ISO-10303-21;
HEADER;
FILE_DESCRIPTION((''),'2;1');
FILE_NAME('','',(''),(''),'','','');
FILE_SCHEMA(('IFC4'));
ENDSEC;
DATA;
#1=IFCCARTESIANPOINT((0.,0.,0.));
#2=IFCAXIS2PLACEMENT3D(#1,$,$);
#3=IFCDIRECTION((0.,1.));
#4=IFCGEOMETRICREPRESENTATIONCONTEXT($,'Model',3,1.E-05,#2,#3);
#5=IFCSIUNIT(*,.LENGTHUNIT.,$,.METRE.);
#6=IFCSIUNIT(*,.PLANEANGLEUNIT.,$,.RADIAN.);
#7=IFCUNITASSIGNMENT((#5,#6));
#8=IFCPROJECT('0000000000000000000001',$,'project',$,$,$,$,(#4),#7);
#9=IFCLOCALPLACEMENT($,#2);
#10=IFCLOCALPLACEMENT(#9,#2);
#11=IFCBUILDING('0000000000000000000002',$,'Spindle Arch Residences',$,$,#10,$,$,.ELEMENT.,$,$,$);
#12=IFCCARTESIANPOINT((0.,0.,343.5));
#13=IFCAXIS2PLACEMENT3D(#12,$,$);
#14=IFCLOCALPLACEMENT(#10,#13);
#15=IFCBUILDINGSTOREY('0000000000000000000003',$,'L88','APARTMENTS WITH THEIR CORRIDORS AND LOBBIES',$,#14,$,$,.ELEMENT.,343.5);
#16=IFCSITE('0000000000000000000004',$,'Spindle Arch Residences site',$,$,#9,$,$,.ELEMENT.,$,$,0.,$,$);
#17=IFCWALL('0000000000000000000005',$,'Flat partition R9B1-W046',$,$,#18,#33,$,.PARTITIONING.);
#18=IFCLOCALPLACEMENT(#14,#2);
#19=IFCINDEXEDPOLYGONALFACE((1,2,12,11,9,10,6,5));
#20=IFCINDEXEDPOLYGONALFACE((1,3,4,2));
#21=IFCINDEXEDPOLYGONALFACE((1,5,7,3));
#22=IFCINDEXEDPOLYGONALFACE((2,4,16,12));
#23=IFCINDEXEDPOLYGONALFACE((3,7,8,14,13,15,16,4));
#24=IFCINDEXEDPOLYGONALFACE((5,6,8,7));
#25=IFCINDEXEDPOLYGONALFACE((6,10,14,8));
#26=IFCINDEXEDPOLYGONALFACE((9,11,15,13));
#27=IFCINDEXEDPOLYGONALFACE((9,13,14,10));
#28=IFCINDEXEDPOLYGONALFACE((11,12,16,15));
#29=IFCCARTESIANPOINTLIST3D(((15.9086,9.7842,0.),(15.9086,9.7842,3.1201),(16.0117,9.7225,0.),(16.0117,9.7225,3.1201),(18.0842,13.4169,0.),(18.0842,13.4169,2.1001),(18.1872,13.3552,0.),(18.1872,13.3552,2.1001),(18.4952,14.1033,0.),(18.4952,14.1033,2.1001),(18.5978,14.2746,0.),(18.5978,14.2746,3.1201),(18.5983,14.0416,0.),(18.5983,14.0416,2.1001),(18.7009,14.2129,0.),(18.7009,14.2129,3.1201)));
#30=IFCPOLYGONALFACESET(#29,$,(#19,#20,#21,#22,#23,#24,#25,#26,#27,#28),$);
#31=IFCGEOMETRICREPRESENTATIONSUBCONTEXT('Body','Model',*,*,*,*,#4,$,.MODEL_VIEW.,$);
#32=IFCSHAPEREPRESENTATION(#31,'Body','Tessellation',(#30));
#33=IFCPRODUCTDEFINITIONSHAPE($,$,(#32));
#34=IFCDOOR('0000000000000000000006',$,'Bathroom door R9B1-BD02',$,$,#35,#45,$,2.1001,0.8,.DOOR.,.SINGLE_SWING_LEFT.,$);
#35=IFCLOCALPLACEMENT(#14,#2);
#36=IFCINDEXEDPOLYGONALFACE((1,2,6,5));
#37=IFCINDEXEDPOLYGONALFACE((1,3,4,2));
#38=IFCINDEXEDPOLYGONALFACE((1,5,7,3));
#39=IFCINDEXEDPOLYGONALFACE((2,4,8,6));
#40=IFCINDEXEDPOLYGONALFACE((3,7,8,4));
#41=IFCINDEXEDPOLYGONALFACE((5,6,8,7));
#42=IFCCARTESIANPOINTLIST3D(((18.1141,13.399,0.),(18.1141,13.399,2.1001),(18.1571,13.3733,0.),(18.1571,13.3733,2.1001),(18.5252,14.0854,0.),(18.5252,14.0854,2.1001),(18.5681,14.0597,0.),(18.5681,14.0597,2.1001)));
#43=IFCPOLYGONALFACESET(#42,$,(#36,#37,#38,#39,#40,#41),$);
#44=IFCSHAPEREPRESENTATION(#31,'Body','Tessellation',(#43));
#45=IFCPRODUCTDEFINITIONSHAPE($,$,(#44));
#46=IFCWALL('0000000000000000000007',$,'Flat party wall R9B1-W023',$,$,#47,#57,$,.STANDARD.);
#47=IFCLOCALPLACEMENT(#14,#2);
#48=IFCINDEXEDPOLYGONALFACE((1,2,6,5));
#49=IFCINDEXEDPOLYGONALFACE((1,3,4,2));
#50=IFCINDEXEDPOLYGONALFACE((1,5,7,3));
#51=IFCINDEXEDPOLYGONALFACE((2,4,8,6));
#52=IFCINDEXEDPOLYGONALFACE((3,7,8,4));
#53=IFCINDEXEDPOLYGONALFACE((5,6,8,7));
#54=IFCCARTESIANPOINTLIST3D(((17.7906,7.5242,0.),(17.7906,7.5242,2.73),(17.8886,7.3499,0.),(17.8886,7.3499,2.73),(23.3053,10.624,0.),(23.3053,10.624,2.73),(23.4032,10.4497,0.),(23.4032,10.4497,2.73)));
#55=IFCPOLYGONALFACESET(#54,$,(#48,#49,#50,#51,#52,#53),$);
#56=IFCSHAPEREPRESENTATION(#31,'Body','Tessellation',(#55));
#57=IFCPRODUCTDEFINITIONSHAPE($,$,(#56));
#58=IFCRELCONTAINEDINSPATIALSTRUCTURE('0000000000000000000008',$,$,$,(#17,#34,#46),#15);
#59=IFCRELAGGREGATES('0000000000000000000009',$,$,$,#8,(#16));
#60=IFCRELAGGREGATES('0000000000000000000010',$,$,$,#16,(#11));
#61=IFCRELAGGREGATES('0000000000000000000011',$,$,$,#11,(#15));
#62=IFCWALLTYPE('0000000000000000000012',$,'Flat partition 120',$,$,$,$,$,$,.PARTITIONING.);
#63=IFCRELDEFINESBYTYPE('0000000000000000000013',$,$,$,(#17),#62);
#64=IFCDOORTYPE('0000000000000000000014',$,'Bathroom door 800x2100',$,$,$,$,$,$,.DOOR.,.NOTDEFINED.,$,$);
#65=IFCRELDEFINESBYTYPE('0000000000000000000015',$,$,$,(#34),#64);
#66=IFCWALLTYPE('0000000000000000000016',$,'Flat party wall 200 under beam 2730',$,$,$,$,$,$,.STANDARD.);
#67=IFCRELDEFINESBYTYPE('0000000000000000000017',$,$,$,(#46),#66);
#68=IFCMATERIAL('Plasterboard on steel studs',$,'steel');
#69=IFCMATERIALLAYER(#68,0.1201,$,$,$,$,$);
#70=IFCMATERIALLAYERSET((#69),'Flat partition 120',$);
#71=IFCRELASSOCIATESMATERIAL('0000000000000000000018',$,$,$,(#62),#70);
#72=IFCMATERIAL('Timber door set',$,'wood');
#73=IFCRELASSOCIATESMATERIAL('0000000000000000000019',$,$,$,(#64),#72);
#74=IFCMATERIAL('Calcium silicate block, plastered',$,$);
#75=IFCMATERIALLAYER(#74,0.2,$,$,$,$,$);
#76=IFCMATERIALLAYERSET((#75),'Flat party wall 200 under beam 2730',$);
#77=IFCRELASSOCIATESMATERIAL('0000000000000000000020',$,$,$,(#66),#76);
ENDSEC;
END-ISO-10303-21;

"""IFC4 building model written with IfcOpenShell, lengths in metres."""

from ifc_helpers import new_model, si_unit, direction, frame, frame_2d, origin, place, context, subcontext, project, spatial, rectangle, extrude, material, layer, layer_set, type_object, element, fill, save


model = new_model("IFC4")

# Units and contexts
model_context = context("Model", 3, precision=1e-05, world=origin(), true_north=direction((0.0, 1.0)))
body_context = subcontext(model_context, "Body", "Model", "MODEL_VIEW")
ifc_project = project(units=[si_unit("LENGTHUNIT", "METRE"), si_unit("PLANEANGLEUNIT", "RADIAN")], contexts=[model_context])

# Site, building, storey
site_placement = place(None, origin())
site = spatial("IfcSite", under=ifc_project, at=site_placement, Name="Spindle Arch Residences site", CompositionType="ELEMENT", RefElevation=0.0)
building_placement = place(site_placement, origin())
building = spatial("IfcBuilding", under=site, at=building_placement, Name="Spindle Arch Residences", CompositionType="ELEMENT")
storey_placement = place(building_placement, frame((0.0, 0.0, 343.5)))
storey = spatial("IfcBuildingStorey", under=building, at=storey_placement, Name="L88", Description="APARTMENTS WITH THEIR CORRIDORS AND LOBBIES", CompositionType="ELEMENT", Elevation=343.5)

# Shared definitions
ifc_material_1 = material(Name="Plasterboard on steel studs", Category="steel")
ifc_layer_1 = layer(ifc_material_1, 0.1201)
ifc_layer_set_1 = layer_set([ifc_layer_1], Name="Flat partition 120")
wall_type_1 = type_object("IfcWallType", Name="Flat partition 120", PredefinedType="PARTITIONING", material=ifc_layer_set_1)
ifc_material_2 = material(Name="Timber door set", Category="wood")
door_type_1 = type_object("IfcDoorType", Name="Bathroom door 800x2100", OperationType="NOTDEFINED", PredefinedType="DOOR", material=ifc_material_2)

# Wall, opening, door
wall_1_placement = place(storey_placement, frame((18.6494, 14.2439, 0.0), z_axis=(0.0, 0.0, 1.0), x_axis=(-0.513782, -0.857921, 0.0)))
wall_1 = element("IfcWall", 1, at=wall_1_placement, inside=storey, type_object=wall_type_1, Name="Flat partition R9B1-W046", PredefinedType="PARTITIONING", context=body_context, shape_type="SweptSolid", body=[
    extrude(rectangle(XDim=5.2341, YDim=0.1201, at=frame_2d((2.6172, 0.0))), origin(), (0.0, 0.0, 1.0), 3.1201),
])
opening_1_placement = place(wall_1_placement, frame((0.2, 0.0, 0.0)))
opening_1 = element("IfcOpeningElement", 2, at=opening_1_placement, cuts=wall_1, PredefinedType="OPENING", context=body_context, shape_type="SweptSolid", body=[
    extrude(rectangle(XDim=0.8, YDim=2.1001, at=frame_2d((0.3999, 1.05))), frame((0.0, 0.0701, 0.0), z_axis=(0.0, -1.0, 0.0), x_axis=(1.0, 0.0, 0.0)), (0.0, 0.0, 1.0), 0.1401),
])
door_1_placement = place(opening_1_placement, origin())
door_1 = element("IfcDoor", 3, at=door_1_placement, inside=storey, type_object=door_type_1, Name="Bathroom door R9B1-BD02", OperationType="SINGLE_SWING_LEFT", OverallHeight=2.1001, OverallWidth=0.8, PredefinedType="DOOR", context=body_context, shape_type="SweptSolid", body=[
    extrude(rectangle(XDim=0.8, YDim=2.1001, at=frame_2d((0.3999, 1.05))), frame((0.0, 0.0249, 0.0), z_axis=(0.0, -1.0, 0.0), x_axis=(1.0, 0.0, 0.0)), (0.0, 0.0, 1.0), 0.05),
])
fill(opening_1, door_1)

# Wall
ifc_material_3 = material(Name="Calcium silicate block, plastered")
ifc_layer_2 = layer(ifc_material_3, 0.2)
ifc_layer_set_2 = layer_set([ifc_layer_2], Name="Flat party wall 200 under beam 2730")
wall_type_2 = type_object("IfcWallType", Name="Flat party wall 200 under beam 2730", PredefinedType="STANDARD", material=ifc_layer_set_2)
wall_2_placement = place(storey_placement, frame((23.3542, 10.5369, 0.0), z_axis=(0.0, 0.0, 1.0), x_axis=(-0.87172, -0.490005, 0.0)))
element("IfcWall", 4, at=wall_2_placement, inside=storey, type_object=wall_type_2, Name="Flat party wall R9B1-W023", PredefinedType="STANDARD", context=body_context, shape_type="SweptSolid", body=[
    extrude(rectangle(XDim=6.3262, YDim=0.2, at=frame_2d((3.1631, 0.0))), origin(), (0.0, 0.0, 1.0), 2.73),
])

save(model, "model.ifc")
